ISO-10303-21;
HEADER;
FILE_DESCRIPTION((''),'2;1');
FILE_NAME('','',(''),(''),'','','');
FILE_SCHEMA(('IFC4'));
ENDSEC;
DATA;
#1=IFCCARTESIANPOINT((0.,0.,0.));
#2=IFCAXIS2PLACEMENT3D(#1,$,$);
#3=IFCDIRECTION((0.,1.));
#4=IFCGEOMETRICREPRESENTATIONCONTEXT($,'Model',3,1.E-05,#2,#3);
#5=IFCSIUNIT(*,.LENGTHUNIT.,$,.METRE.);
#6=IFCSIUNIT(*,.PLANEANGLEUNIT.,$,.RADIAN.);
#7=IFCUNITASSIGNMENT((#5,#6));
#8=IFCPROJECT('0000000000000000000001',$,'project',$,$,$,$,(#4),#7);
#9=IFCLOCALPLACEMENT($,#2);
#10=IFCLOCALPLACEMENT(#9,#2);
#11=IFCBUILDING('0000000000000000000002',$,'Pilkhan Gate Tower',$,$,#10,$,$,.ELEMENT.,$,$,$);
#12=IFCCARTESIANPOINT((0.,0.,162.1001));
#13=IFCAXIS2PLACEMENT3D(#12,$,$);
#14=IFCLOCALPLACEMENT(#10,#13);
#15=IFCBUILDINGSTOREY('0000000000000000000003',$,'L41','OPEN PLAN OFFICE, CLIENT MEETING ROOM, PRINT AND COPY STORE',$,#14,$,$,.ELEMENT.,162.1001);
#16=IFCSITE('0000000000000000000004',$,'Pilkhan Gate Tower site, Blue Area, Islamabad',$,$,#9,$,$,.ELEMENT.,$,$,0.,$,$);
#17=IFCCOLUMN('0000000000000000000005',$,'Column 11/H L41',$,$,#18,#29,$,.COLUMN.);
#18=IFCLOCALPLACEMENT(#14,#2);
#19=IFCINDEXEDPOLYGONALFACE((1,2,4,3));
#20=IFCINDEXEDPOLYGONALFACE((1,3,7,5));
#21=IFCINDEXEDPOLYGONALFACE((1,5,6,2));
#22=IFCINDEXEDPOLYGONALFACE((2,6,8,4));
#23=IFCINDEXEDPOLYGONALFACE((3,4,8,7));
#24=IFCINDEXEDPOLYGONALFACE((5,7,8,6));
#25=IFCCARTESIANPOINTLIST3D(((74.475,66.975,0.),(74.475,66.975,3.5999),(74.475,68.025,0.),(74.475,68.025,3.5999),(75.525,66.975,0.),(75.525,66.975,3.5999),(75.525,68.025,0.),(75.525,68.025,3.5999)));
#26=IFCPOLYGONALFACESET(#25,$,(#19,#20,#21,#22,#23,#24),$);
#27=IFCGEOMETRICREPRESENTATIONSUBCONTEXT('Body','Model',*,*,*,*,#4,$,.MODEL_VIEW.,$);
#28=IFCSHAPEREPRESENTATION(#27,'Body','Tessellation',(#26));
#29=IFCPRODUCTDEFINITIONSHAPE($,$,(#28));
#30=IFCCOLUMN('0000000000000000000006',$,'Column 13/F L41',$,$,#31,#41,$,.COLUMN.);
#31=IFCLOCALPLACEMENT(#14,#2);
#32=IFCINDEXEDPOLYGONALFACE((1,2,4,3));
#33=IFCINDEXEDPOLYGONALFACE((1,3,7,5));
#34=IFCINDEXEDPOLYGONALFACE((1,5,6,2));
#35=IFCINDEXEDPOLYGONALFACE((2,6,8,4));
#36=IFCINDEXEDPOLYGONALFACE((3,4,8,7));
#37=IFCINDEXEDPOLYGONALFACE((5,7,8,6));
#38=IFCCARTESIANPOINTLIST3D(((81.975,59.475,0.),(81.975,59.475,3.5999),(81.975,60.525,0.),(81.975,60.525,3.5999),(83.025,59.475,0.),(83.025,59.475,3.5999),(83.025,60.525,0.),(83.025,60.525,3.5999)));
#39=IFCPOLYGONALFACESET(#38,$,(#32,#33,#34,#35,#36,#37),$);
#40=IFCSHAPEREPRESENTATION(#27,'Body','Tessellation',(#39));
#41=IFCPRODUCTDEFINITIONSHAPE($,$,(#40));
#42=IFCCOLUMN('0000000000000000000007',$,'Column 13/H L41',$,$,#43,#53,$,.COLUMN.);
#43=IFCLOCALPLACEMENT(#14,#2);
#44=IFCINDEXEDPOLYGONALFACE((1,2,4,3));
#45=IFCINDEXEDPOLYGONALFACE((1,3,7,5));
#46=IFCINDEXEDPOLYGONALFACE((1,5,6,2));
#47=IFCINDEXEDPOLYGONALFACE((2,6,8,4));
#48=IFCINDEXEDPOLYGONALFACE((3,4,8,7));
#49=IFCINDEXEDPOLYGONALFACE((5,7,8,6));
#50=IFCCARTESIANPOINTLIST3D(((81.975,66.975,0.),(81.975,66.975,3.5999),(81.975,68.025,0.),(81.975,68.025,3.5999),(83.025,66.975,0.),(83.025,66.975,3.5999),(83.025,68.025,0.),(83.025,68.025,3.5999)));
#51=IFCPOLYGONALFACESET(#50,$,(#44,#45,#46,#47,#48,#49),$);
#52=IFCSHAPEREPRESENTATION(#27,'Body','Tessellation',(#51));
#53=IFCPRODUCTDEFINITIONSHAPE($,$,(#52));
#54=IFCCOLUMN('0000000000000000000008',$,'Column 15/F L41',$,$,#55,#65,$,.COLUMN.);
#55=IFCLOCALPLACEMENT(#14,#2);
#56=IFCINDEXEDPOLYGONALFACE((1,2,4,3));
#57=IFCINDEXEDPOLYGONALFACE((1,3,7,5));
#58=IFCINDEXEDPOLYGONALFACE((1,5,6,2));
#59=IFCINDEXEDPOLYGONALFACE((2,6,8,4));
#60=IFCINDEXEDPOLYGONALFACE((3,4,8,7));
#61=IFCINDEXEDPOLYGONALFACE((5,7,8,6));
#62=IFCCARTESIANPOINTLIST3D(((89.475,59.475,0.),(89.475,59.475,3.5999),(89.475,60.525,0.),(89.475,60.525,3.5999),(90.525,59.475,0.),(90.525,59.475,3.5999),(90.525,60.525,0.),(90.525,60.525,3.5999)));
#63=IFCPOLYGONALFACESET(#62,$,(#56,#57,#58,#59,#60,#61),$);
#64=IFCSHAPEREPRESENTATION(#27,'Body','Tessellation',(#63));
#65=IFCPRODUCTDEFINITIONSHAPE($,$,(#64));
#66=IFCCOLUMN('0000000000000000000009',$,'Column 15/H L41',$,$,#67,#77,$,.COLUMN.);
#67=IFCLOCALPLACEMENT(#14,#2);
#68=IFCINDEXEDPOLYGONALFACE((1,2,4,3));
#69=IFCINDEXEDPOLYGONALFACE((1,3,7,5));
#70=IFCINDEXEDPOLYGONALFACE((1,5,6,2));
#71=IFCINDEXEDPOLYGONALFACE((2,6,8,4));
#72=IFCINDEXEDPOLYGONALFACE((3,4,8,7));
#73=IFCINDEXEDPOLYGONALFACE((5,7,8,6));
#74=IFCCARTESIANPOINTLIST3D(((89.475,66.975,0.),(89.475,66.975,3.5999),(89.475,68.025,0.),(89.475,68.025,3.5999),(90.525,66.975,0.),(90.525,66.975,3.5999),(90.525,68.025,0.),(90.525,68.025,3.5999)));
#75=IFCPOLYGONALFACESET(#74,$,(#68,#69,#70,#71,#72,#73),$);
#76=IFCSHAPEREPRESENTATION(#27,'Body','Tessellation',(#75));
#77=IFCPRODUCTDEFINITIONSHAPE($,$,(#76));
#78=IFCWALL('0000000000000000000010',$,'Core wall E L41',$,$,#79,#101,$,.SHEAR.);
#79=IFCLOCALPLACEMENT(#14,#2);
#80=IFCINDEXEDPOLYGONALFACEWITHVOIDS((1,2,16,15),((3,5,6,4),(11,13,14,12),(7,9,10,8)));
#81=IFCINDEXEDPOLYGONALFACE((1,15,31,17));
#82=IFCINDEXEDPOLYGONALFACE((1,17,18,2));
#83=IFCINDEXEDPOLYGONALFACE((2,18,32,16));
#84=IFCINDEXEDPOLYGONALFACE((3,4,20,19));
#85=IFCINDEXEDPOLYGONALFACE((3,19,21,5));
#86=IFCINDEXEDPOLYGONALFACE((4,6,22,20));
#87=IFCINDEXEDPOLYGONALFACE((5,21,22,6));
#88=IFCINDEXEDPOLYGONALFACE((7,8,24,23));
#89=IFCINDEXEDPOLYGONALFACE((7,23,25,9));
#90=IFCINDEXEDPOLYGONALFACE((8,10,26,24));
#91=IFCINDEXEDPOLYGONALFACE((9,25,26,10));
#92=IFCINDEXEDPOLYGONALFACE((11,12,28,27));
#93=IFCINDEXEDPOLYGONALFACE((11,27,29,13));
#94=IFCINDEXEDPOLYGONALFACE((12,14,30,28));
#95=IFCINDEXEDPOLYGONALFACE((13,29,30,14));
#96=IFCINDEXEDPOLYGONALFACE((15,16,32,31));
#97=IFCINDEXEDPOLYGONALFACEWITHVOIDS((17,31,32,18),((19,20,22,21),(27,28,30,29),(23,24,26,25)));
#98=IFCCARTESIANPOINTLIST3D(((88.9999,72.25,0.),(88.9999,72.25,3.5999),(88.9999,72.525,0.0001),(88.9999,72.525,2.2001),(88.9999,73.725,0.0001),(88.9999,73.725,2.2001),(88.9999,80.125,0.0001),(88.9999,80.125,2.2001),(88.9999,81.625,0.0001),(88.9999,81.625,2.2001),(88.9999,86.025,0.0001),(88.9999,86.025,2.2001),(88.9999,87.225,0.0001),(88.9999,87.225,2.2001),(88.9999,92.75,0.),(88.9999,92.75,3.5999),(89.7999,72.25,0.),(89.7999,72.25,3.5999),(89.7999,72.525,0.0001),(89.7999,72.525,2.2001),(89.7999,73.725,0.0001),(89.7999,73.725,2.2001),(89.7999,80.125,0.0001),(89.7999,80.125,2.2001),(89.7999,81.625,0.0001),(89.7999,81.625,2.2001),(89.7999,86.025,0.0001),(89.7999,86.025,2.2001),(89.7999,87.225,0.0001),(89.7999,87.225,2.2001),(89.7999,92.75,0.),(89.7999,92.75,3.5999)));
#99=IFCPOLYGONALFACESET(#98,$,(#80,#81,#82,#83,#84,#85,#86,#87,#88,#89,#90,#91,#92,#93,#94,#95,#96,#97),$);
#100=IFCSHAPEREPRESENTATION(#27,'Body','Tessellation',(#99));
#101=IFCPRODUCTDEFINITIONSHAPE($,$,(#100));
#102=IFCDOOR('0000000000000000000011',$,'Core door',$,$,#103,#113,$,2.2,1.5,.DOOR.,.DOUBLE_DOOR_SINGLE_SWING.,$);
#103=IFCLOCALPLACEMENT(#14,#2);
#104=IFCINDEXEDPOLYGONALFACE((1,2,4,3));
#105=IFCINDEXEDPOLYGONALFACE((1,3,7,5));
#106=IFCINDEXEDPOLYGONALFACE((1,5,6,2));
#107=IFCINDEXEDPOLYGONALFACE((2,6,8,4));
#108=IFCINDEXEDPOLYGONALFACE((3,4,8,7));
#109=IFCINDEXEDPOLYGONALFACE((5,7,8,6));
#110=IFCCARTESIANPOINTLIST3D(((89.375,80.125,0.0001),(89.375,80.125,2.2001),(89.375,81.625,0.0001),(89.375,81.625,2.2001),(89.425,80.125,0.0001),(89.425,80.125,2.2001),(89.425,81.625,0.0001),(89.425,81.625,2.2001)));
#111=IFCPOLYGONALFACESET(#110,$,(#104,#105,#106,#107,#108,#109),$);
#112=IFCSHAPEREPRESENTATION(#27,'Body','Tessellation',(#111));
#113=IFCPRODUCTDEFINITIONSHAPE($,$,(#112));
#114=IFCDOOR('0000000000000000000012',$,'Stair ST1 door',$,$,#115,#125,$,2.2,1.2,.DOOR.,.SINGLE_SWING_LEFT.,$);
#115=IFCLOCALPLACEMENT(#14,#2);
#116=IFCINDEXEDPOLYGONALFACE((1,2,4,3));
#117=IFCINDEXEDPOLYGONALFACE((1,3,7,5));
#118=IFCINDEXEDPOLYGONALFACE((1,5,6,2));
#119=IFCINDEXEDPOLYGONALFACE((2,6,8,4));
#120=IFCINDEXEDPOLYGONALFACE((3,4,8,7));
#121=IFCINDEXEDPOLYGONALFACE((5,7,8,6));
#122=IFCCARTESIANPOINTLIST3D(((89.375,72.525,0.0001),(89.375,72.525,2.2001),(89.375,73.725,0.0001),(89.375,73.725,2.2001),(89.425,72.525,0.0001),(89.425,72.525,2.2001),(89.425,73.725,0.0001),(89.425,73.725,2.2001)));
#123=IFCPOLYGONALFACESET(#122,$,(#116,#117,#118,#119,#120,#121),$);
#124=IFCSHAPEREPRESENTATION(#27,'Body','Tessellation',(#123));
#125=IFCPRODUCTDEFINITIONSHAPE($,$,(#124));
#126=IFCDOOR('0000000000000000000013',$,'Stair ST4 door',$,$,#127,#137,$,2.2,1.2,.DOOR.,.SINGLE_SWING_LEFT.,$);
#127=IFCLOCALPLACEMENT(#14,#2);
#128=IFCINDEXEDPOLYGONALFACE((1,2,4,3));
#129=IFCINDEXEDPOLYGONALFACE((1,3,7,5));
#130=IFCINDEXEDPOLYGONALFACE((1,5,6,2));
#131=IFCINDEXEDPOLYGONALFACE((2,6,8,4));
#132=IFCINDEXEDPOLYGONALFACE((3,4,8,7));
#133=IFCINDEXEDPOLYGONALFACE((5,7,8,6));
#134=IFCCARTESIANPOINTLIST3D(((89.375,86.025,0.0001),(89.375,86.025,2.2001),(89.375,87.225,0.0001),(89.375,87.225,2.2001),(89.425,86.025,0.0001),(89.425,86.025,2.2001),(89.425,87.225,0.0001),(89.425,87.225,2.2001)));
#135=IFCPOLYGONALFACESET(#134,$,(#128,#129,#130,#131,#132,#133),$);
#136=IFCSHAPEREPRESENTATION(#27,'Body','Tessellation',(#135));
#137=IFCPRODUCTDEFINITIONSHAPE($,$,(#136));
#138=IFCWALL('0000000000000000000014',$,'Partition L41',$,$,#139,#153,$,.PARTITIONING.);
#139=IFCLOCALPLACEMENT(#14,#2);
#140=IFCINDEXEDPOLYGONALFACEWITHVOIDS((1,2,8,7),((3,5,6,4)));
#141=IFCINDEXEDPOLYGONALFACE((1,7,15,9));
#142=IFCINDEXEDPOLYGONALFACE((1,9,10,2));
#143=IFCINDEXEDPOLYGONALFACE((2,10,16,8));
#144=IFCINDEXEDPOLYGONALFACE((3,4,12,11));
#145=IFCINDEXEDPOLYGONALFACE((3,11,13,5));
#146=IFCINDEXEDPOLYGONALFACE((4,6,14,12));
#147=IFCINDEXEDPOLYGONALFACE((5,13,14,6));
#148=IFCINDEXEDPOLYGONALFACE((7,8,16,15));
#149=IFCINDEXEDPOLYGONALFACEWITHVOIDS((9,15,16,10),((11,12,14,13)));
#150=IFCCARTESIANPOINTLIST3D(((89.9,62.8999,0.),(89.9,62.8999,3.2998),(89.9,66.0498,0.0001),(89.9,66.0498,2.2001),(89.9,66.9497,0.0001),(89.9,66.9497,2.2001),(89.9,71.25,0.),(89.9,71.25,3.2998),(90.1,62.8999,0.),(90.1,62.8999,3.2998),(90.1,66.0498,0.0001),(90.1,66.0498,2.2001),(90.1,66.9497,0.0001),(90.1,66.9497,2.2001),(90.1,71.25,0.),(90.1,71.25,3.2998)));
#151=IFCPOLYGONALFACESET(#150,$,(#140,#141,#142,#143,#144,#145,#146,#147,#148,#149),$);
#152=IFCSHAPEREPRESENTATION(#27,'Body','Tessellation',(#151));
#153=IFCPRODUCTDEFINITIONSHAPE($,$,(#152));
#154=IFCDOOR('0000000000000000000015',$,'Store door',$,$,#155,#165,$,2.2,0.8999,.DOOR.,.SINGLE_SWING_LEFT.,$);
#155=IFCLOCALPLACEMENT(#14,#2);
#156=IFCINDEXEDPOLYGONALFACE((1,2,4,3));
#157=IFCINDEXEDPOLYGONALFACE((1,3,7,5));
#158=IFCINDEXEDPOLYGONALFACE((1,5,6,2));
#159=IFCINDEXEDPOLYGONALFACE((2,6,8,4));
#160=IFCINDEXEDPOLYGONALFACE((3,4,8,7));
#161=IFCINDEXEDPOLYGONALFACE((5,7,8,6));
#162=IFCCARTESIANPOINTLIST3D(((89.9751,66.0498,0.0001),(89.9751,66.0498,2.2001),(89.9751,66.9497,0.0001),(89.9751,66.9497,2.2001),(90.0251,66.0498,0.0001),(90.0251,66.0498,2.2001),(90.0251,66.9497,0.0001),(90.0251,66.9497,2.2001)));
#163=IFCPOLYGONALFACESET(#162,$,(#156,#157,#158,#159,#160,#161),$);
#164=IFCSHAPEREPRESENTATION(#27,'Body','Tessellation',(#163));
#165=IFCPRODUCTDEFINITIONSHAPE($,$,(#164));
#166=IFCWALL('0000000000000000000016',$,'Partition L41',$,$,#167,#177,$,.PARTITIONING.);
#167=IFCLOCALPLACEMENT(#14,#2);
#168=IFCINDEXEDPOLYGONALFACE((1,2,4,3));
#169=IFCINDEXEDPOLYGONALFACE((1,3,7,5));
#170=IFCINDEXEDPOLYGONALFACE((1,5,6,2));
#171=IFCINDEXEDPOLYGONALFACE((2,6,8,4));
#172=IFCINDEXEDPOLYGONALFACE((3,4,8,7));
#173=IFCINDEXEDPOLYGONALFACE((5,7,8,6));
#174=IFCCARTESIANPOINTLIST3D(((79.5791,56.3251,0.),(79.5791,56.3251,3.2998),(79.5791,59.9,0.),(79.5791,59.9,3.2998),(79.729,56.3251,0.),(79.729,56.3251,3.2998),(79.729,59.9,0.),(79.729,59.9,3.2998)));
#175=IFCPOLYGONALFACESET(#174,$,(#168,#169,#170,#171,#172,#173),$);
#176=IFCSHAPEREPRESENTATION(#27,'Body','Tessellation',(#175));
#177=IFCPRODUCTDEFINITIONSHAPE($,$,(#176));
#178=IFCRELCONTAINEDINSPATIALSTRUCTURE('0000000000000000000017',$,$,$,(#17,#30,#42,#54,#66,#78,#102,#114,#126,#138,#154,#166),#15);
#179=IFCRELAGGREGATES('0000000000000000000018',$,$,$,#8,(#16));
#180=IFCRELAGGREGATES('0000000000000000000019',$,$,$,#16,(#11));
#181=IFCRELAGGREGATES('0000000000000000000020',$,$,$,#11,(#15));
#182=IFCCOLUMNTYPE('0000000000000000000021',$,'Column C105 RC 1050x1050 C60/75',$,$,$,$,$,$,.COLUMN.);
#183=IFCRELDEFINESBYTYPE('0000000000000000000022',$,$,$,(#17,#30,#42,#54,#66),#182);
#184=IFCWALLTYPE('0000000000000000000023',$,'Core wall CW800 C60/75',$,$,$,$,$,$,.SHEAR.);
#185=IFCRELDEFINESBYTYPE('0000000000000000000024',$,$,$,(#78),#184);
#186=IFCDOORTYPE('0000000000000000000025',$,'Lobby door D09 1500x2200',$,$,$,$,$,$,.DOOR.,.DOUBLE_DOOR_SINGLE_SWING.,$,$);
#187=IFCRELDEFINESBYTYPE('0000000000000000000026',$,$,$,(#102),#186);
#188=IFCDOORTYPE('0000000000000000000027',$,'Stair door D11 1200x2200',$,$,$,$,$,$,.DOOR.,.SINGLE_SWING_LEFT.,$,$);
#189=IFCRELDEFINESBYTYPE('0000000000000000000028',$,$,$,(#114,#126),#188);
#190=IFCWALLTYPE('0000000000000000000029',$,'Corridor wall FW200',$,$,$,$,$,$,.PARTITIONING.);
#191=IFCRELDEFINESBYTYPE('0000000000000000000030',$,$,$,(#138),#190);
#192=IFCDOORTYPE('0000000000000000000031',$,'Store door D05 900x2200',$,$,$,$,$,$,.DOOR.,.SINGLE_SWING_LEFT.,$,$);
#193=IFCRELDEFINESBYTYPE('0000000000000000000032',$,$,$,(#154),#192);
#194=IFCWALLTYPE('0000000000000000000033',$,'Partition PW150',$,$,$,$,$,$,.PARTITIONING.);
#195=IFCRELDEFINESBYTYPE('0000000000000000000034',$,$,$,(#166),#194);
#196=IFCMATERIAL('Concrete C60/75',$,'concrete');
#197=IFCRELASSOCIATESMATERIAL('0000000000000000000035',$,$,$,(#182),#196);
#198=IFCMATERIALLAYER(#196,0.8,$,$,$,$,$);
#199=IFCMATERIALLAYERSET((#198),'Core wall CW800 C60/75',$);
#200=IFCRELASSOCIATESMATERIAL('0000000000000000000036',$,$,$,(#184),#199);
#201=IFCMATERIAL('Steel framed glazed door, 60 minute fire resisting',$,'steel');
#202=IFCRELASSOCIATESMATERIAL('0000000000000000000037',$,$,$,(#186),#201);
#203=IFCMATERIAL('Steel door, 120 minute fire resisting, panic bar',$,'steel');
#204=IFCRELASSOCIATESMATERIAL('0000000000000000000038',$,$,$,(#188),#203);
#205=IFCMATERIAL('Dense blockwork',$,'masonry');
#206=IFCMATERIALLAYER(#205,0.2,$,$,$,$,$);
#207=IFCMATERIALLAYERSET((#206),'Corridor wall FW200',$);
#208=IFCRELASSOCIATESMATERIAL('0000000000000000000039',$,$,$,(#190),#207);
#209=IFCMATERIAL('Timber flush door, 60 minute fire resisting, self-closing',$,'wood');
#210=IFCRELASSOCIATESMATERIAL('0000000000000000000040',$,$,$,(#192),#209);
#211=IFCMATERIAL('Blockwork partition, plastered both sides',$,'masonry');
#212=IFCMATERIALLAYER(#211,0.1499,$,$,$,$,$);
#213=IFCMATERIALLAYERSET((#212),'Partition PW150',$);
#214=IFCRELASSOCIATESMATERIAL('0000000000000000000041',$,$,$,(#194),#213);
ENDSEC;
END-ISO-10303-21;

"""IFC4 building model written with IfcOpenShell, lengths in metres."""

from ifc_helpers import new_model, si_unit, direction, frame, frame_2d, origin, origin_2d, place, context, subcontext, project, spatial, rectangle, extrude, material, layer, layer_set, material_profile, profile_set, type_object, element, fill, save


model = new_model("IFC4")

# Units and contexts
model_context = context("Model", 3, precision=1e-05, world=origin(), true_north=direction((0.0, 1.0)))
body_context = subcontext(model_context, "Body", "Model", "MODEL_VIEW")
ifc_project = project(units=[si_unit("LENGTHUNIT", "METRE"), si_unit("PLANEANGLEUNIT", "RADIAN")], contexts=[model_context])

# Site, building, storey
site_placement = place(None, origin())
site = spatial("IfcSite", under=ifc_project, at=site_placement, Name="Pilkhan Gate Tower site, Blue Area, Islamabad", CompositionType="ELEMENT", RefElevation=0.0)
building_placement = place(site_placement, origin())
building = spatial("IfcBuilding", under=site, at=building_placement, Name="Pilkhan Gate Tower", CompositionType="ELEMENT")
storey_placement = place(building_placement, frame((0.0, 0.0, 162.1001)))
storey = spatial("IfcBuildingStorey", under=building, at=storey_placement, Name="L41", Description="OPEN PLAN OFFICE, CLIENT MEETING ROOM, PRINT AND COPY STORE", CompositionType="ELEMENT", Elevation=162.1001)

# Columns
ifc_material_1 = material(Name="Concrete C60/75", Category="concrete")
ifc_material_profile = material_profile(ifc_material_1, rectangle(XDim=1.05, YDim=1.05, at=origin_2d()), Name="RC 1050x1050")
ifc_profile_set = profile_set([ifc_material_profile], Name="Concrete C60/75")
column_type = type_object("IfcColumnType", Name="Column C105 RC 1050x1050 C60/75", PredefinedType="COLUMN", material=ifc_profile_set)
for number, where, z_axis, x_axis, name in (
    (1, (75.0, 67.5, 0.0), (0.0, 0.0, 1.0), (1.0, 0.0, 0.0), "Column 11/H L41"),
    (2, (82.5, 60.0, 0.0), (0.0, 0.0, 1.0), (1.0, 0.0, 0.0), "Column 13/F L41"),
    (3, (82.5, 67.5, 0.0), (0.0, 0.0, 1.0), (1.0, 0.0, 0.0), "Column 13/H L41"),
    (4, (90.0, 60.0, 0.0), (0.0, 0.0, 1.0), (1.0, 0.0, 0.0), "Column 15/F L41"),
    (5, (90.0, 67.5, 0.0), (0.0, 0.0, 1.0), (1.0, 0.0, 0.0), "Column 15/H L41"),
):
    element("IfcColumn", number, at=place(storey_placement, frame(where, z_axis=z_axis, x_axis=x_axis)), inside=storey, type_object=column_type, Name=name, PredefinedType="COLUMN", context=body_context, shape_type="SweptSolid", body=[
        extrude(rectangle(XDim=1.05, YDim=1.05, at=origin_2d()), origin(), (0.0, 0.0, 1.0), 3.5999),
    ])

# Wall, openings, doors
ifc_layer_1 = layer(ifc_material_1, 0.8)
ifc_layer_set_1 = layer_set([ifc_layer_1], Name="Core wall CW800 C60/75")
wall_type_1 = type_object("IfcWallType", Name="Core wall CW800 C60/75", PredefinedType="SHEAR", material=ifc_layer_set_1)
wall_1_placement = place(storey_placement, frame((89.3999, 72.25, 0.0), z_axis=(0.0, 0.0, 1.0), x_axis=(0.0, 1.0, 0.0)))
wall_1 = element("IfcWall", 6, at=wall_1_placement, inside=storey, type_object=wall_type_1, Name="Core wall E L41", PredefinedType="SHEAR", context=body_context, shape_type="SweptSolid", body=[
    extrude(rectangle(XDim=20.5, YDim=0.8, at=frame_2d((10.25, 0.0))), origin(), (0.0, 0.0, 1.0), 3.5999),
])
opening_1_placement = place(wall_1_placement, frame((0.2749, 0.0, 0.0)))
opening_1 = element("IfcOpeningElement", 7, at=opening_1_placement, cuts=wall_1, PredefinedType="OPENING", context=body_context, shape_type="SweptSolid", body=[
    extrude(rectangle(XDim=1.2, YDim=2.2, at=frame_2d((0.6001, 1.1001))), frame((0.0, 0.4099, 0.0), z_axis=(0.0, -1.0, 0.0), x_axis=(1.0, 0.0, 0.0)), (0.0, 0.0, 1.0), 0.8201),
])
opening_2_placement = place(wall_1_placement, frame((13.7749, 0.0, 0.0)))
opening_2 = element("IfcOpeningElement", 8, at=opening_2_placement, cuts=wall_1, PredefinedType="OPENING", context=body_context, shape_type="SweptSolid", body=[
    extrude(rectangle(XDim=1.2, YDim=2.2, at=frame_2d((0.6001, 1.1001))), frame((0.0, 0.4099, 0.0), z_axis=(0.0, -1.0, 0.0), x_axis=(1.0, 0.0, 0.0)), (0.0, 0.0, 1.0), 0.8201),
])
opening_3_placement = place(wall_1_placement, frame((7.875, 0.0, 0.0)))
opening_3 = element("IfcOpeningElement", 9, at=opening_3_placement, cuts=wall_1, PredefinedType="OPENING", context=body_context, shape_type="SweptSolid", body=[
    extrude(rectangle(XDim=1.5, YDim=2.2, at=frame_2d((0.75, 1.1001))), frame((0.0, 0.4099, 0.0), z_axis=(0.0, -1.0, 0.0), x_axis=(1.0, 0.0, 0.0)), (0.0, 0.0, 1.0), 0.8201),
])
ifc_material_2 = material(Name="Steel framed glazed door, 60 minute fire resisting", Category="steel")
door_type_1 = type_object("IfcDoorType", Name="Lobby door D09 1500x2200", OperationType="DOUBLE_DOOR_SINGLE_SWING", PredefinedType="DOOR", material=ifc_material_2)
door_1_placement = place(opening_3_placement, origin())
door_1 = element("IfcDoor", 10, at=door_1_placement, inside=storey, type_object=door_type_1, Name="Core door", OperationType="DOUBLE_DOOR_SINGLE_SWING", OverallHeight=2.2, OverallWidth=1.5, PredefinedType="DOOR", context=body_context, shape_type="SweptSolid", body=[
    extrude(rectangle(XDim=1.5, YDim=2.2, at=frame_2d((0.75, 1.1001))), frame((0.0, 0.0249, 0.0), z_axis=(0.0, -1.0, 0.0), x_axis=(1.0, 0.0, 0.0)), (0.0, 0.0, 1.0), 0.05),
])
fill(opening_3, door_1)
ifc_material_3 = material(Name="Steel door, 120 minute fire resisting, panic bar", Category="steel")
door_type_2 = type_object("IfcDoorType", Name="Stair door D11 1200x2200", OperationType="SINGLE_SWING_LEFT", PredefinedType="DOOR", material=ifc_material_3)
door_2_placement = place(opening_1_placement, origin())
door_2 = element("IfcDoor", 11, at=door_2_placement, inside=storey, type_object=door_type_2, Name="Stair ST1 door", OperationType="SINGLE_SWING_LEFT", OverallHeight=2.2, OverallWidth=1.2, PredefinedType="DOOR", context=body_context, shape_type="SweptSolid", body=[
    extrude(rectangle(XDim=1.2, YDim=2.2, at=frame_2d((0.6001, 1.1001))), frame((0.0, 0.0249, 0.0), z_axis=(0.0, -1.0, 0.0), x_axis=(1.0, 0.0, 0.0)), (0.0, 0.0, 1.0), 0.05),
])
fill(opening_1, door_2)
door_3_placement = place(opening_2_placement, origin())
door_3 = element("IfcDoor", 12, at=door_3_placement, inside=storey, type_object=door_type_2, Name="Stair ST4 door", OperationType="SINGLE_SWING_LEFT", OverallHeight=2.2, OverallWidth=1.2, PredefinedType="DOOR", context=body_context, shape_type="SweptSolid", body=[
    extrude(rectangle(XDim=1.2, YDim=2.2, at=frame_2d((0.6001, 1.1001))), frame((0.0, 0.0249, 0.0), z_axis=(0.0, -1.0, 0.0), x_axis=(1.0, 0.0, 0.0)), (0.0, 0.0, 1.0), 0.05),
])
fill(opening_2, door_3)

# Wall, opening, door
ifc_material_4 = material(Name="Dense blockwork", Category="masonry")
ifc_layer_2 = layer(ifc_material_4, 0.2)
ifc_layer_set_2 = layer_set([ifc_layer_2], Name="Corridor wall FW200")
wall_type_2 = type_object("IfcWallType", Name="Corridor wall FW200", PredefinedType="PARTITIONING", material=ifc_layer_set_2)
wall_2_placement = place(storey_placement, frame((90.0, 62.8999, 0.0), z_axis=(0.0, 0.0, 1.0), x_axis=(0.0, 1.0, 0.0)))
wall_2 = element("IfcWall", 13, at=wall_2_placement, inside=storey, type_object=wall_type_2, Name="Partition L41", PredefinedType="PARTITIONING", context=body_context, shape_type="SweptSolid", body=[
    extrude(rectangle(XDim=8.3501, YDim=0.2, at=frame_2d((4.175, 0.0))), origin(), (0.0, 0.0, 1.0), 3.2998),
])
opening_4_placement = place(wall_2_placement, frame((3.1499, 0.0, 0.0)))
opening_4 = element("IfcOpeningElement", 14, at=opening_4_placement, cuts=wall_2, PredefinedType="OPENING", context=body_context, shape_type="SweptSolid", body=[
    extrude(rectangle(XDim=0.8999, YDim=2.2, at=frame_2d((0.45, 1.1001))), frame((0.0, 0.1099, 0.0), z_axis=(0.0, -1.0, 0.0), x_axis=(1.0, 0.0, 0.0)), (0.0, 0.0, 1.0), 0.22),
])
ifc_material_5 = material(Name="Timber flush door, 60 minute fire resisting, self-closing", Category="wood")
door_type_3 = type_object("IfcDoorType", Name="Store door D05 900x2200", OperationType="SINGLE_SWING_LEFT", PredefinedType="DOOR", material=ifc_material_5)
door_4_placement = place(opening_4_placement, origin())
door_4 = element("IfcDoor", 15, at=door_4_placement, inside=storey, type_object=door_type_3, Name="Store door", OperationType="SINGLE_SWING_LEFT", OverallHeight=2.2, OverallWidth=0.8999, PredefinedType="DOOR", context=body_context, shape_type="SweptSolid", body=[
    extrude(rectangle(XDim=0.8999, YDim=2.2, at=frame_2d((0.45, 1.1001))), frame((0.0, 0.0249, 0.0), z_axis=(0.0, -1.0, 0.0), x_axis=(1.0, 0.0, 0.0)), (0.0, 0.0, 1.0), 0.05),
])
fill(opening_4, door_4)

# Wall
ifc_material_6 = material(Name="Blockwork partition, plastered both sides", Category="masonry")
ifc_layer_3 = layer(ifc_material_6, 0.1499)
ifc_layer_set_3 = layer_set([ifc_layer_3], Name="Partition PW150")
wall_type_3 = type_object("IfcWallType", Name="Partition PW150", PredefinedType="PARTITIONING", material=ifc_layer_set_3)
wall_3_placement = place(storey_placement, frame((79.6541, 56.325, 0.0), z_axis=(0.0, 0.0, 1.0), x_axis=(0.0, 1.0, 0.0)))
element("IfcWall", 16, at=wall_3_placement, inside=storey, type_object=wall_type_3, Name="Partition L41", PredefinedType="PARTITIONING", context=body_context, shape_type="SweptSolid", body=[
    extrude(rectangle(XDim=3.575, YDim=0.1499, at=frame_2d((1.7876, 0.0))), origin(), (0.0, 0.0, 1.0), 3.2998),
])

save(model, "model.ifc")
